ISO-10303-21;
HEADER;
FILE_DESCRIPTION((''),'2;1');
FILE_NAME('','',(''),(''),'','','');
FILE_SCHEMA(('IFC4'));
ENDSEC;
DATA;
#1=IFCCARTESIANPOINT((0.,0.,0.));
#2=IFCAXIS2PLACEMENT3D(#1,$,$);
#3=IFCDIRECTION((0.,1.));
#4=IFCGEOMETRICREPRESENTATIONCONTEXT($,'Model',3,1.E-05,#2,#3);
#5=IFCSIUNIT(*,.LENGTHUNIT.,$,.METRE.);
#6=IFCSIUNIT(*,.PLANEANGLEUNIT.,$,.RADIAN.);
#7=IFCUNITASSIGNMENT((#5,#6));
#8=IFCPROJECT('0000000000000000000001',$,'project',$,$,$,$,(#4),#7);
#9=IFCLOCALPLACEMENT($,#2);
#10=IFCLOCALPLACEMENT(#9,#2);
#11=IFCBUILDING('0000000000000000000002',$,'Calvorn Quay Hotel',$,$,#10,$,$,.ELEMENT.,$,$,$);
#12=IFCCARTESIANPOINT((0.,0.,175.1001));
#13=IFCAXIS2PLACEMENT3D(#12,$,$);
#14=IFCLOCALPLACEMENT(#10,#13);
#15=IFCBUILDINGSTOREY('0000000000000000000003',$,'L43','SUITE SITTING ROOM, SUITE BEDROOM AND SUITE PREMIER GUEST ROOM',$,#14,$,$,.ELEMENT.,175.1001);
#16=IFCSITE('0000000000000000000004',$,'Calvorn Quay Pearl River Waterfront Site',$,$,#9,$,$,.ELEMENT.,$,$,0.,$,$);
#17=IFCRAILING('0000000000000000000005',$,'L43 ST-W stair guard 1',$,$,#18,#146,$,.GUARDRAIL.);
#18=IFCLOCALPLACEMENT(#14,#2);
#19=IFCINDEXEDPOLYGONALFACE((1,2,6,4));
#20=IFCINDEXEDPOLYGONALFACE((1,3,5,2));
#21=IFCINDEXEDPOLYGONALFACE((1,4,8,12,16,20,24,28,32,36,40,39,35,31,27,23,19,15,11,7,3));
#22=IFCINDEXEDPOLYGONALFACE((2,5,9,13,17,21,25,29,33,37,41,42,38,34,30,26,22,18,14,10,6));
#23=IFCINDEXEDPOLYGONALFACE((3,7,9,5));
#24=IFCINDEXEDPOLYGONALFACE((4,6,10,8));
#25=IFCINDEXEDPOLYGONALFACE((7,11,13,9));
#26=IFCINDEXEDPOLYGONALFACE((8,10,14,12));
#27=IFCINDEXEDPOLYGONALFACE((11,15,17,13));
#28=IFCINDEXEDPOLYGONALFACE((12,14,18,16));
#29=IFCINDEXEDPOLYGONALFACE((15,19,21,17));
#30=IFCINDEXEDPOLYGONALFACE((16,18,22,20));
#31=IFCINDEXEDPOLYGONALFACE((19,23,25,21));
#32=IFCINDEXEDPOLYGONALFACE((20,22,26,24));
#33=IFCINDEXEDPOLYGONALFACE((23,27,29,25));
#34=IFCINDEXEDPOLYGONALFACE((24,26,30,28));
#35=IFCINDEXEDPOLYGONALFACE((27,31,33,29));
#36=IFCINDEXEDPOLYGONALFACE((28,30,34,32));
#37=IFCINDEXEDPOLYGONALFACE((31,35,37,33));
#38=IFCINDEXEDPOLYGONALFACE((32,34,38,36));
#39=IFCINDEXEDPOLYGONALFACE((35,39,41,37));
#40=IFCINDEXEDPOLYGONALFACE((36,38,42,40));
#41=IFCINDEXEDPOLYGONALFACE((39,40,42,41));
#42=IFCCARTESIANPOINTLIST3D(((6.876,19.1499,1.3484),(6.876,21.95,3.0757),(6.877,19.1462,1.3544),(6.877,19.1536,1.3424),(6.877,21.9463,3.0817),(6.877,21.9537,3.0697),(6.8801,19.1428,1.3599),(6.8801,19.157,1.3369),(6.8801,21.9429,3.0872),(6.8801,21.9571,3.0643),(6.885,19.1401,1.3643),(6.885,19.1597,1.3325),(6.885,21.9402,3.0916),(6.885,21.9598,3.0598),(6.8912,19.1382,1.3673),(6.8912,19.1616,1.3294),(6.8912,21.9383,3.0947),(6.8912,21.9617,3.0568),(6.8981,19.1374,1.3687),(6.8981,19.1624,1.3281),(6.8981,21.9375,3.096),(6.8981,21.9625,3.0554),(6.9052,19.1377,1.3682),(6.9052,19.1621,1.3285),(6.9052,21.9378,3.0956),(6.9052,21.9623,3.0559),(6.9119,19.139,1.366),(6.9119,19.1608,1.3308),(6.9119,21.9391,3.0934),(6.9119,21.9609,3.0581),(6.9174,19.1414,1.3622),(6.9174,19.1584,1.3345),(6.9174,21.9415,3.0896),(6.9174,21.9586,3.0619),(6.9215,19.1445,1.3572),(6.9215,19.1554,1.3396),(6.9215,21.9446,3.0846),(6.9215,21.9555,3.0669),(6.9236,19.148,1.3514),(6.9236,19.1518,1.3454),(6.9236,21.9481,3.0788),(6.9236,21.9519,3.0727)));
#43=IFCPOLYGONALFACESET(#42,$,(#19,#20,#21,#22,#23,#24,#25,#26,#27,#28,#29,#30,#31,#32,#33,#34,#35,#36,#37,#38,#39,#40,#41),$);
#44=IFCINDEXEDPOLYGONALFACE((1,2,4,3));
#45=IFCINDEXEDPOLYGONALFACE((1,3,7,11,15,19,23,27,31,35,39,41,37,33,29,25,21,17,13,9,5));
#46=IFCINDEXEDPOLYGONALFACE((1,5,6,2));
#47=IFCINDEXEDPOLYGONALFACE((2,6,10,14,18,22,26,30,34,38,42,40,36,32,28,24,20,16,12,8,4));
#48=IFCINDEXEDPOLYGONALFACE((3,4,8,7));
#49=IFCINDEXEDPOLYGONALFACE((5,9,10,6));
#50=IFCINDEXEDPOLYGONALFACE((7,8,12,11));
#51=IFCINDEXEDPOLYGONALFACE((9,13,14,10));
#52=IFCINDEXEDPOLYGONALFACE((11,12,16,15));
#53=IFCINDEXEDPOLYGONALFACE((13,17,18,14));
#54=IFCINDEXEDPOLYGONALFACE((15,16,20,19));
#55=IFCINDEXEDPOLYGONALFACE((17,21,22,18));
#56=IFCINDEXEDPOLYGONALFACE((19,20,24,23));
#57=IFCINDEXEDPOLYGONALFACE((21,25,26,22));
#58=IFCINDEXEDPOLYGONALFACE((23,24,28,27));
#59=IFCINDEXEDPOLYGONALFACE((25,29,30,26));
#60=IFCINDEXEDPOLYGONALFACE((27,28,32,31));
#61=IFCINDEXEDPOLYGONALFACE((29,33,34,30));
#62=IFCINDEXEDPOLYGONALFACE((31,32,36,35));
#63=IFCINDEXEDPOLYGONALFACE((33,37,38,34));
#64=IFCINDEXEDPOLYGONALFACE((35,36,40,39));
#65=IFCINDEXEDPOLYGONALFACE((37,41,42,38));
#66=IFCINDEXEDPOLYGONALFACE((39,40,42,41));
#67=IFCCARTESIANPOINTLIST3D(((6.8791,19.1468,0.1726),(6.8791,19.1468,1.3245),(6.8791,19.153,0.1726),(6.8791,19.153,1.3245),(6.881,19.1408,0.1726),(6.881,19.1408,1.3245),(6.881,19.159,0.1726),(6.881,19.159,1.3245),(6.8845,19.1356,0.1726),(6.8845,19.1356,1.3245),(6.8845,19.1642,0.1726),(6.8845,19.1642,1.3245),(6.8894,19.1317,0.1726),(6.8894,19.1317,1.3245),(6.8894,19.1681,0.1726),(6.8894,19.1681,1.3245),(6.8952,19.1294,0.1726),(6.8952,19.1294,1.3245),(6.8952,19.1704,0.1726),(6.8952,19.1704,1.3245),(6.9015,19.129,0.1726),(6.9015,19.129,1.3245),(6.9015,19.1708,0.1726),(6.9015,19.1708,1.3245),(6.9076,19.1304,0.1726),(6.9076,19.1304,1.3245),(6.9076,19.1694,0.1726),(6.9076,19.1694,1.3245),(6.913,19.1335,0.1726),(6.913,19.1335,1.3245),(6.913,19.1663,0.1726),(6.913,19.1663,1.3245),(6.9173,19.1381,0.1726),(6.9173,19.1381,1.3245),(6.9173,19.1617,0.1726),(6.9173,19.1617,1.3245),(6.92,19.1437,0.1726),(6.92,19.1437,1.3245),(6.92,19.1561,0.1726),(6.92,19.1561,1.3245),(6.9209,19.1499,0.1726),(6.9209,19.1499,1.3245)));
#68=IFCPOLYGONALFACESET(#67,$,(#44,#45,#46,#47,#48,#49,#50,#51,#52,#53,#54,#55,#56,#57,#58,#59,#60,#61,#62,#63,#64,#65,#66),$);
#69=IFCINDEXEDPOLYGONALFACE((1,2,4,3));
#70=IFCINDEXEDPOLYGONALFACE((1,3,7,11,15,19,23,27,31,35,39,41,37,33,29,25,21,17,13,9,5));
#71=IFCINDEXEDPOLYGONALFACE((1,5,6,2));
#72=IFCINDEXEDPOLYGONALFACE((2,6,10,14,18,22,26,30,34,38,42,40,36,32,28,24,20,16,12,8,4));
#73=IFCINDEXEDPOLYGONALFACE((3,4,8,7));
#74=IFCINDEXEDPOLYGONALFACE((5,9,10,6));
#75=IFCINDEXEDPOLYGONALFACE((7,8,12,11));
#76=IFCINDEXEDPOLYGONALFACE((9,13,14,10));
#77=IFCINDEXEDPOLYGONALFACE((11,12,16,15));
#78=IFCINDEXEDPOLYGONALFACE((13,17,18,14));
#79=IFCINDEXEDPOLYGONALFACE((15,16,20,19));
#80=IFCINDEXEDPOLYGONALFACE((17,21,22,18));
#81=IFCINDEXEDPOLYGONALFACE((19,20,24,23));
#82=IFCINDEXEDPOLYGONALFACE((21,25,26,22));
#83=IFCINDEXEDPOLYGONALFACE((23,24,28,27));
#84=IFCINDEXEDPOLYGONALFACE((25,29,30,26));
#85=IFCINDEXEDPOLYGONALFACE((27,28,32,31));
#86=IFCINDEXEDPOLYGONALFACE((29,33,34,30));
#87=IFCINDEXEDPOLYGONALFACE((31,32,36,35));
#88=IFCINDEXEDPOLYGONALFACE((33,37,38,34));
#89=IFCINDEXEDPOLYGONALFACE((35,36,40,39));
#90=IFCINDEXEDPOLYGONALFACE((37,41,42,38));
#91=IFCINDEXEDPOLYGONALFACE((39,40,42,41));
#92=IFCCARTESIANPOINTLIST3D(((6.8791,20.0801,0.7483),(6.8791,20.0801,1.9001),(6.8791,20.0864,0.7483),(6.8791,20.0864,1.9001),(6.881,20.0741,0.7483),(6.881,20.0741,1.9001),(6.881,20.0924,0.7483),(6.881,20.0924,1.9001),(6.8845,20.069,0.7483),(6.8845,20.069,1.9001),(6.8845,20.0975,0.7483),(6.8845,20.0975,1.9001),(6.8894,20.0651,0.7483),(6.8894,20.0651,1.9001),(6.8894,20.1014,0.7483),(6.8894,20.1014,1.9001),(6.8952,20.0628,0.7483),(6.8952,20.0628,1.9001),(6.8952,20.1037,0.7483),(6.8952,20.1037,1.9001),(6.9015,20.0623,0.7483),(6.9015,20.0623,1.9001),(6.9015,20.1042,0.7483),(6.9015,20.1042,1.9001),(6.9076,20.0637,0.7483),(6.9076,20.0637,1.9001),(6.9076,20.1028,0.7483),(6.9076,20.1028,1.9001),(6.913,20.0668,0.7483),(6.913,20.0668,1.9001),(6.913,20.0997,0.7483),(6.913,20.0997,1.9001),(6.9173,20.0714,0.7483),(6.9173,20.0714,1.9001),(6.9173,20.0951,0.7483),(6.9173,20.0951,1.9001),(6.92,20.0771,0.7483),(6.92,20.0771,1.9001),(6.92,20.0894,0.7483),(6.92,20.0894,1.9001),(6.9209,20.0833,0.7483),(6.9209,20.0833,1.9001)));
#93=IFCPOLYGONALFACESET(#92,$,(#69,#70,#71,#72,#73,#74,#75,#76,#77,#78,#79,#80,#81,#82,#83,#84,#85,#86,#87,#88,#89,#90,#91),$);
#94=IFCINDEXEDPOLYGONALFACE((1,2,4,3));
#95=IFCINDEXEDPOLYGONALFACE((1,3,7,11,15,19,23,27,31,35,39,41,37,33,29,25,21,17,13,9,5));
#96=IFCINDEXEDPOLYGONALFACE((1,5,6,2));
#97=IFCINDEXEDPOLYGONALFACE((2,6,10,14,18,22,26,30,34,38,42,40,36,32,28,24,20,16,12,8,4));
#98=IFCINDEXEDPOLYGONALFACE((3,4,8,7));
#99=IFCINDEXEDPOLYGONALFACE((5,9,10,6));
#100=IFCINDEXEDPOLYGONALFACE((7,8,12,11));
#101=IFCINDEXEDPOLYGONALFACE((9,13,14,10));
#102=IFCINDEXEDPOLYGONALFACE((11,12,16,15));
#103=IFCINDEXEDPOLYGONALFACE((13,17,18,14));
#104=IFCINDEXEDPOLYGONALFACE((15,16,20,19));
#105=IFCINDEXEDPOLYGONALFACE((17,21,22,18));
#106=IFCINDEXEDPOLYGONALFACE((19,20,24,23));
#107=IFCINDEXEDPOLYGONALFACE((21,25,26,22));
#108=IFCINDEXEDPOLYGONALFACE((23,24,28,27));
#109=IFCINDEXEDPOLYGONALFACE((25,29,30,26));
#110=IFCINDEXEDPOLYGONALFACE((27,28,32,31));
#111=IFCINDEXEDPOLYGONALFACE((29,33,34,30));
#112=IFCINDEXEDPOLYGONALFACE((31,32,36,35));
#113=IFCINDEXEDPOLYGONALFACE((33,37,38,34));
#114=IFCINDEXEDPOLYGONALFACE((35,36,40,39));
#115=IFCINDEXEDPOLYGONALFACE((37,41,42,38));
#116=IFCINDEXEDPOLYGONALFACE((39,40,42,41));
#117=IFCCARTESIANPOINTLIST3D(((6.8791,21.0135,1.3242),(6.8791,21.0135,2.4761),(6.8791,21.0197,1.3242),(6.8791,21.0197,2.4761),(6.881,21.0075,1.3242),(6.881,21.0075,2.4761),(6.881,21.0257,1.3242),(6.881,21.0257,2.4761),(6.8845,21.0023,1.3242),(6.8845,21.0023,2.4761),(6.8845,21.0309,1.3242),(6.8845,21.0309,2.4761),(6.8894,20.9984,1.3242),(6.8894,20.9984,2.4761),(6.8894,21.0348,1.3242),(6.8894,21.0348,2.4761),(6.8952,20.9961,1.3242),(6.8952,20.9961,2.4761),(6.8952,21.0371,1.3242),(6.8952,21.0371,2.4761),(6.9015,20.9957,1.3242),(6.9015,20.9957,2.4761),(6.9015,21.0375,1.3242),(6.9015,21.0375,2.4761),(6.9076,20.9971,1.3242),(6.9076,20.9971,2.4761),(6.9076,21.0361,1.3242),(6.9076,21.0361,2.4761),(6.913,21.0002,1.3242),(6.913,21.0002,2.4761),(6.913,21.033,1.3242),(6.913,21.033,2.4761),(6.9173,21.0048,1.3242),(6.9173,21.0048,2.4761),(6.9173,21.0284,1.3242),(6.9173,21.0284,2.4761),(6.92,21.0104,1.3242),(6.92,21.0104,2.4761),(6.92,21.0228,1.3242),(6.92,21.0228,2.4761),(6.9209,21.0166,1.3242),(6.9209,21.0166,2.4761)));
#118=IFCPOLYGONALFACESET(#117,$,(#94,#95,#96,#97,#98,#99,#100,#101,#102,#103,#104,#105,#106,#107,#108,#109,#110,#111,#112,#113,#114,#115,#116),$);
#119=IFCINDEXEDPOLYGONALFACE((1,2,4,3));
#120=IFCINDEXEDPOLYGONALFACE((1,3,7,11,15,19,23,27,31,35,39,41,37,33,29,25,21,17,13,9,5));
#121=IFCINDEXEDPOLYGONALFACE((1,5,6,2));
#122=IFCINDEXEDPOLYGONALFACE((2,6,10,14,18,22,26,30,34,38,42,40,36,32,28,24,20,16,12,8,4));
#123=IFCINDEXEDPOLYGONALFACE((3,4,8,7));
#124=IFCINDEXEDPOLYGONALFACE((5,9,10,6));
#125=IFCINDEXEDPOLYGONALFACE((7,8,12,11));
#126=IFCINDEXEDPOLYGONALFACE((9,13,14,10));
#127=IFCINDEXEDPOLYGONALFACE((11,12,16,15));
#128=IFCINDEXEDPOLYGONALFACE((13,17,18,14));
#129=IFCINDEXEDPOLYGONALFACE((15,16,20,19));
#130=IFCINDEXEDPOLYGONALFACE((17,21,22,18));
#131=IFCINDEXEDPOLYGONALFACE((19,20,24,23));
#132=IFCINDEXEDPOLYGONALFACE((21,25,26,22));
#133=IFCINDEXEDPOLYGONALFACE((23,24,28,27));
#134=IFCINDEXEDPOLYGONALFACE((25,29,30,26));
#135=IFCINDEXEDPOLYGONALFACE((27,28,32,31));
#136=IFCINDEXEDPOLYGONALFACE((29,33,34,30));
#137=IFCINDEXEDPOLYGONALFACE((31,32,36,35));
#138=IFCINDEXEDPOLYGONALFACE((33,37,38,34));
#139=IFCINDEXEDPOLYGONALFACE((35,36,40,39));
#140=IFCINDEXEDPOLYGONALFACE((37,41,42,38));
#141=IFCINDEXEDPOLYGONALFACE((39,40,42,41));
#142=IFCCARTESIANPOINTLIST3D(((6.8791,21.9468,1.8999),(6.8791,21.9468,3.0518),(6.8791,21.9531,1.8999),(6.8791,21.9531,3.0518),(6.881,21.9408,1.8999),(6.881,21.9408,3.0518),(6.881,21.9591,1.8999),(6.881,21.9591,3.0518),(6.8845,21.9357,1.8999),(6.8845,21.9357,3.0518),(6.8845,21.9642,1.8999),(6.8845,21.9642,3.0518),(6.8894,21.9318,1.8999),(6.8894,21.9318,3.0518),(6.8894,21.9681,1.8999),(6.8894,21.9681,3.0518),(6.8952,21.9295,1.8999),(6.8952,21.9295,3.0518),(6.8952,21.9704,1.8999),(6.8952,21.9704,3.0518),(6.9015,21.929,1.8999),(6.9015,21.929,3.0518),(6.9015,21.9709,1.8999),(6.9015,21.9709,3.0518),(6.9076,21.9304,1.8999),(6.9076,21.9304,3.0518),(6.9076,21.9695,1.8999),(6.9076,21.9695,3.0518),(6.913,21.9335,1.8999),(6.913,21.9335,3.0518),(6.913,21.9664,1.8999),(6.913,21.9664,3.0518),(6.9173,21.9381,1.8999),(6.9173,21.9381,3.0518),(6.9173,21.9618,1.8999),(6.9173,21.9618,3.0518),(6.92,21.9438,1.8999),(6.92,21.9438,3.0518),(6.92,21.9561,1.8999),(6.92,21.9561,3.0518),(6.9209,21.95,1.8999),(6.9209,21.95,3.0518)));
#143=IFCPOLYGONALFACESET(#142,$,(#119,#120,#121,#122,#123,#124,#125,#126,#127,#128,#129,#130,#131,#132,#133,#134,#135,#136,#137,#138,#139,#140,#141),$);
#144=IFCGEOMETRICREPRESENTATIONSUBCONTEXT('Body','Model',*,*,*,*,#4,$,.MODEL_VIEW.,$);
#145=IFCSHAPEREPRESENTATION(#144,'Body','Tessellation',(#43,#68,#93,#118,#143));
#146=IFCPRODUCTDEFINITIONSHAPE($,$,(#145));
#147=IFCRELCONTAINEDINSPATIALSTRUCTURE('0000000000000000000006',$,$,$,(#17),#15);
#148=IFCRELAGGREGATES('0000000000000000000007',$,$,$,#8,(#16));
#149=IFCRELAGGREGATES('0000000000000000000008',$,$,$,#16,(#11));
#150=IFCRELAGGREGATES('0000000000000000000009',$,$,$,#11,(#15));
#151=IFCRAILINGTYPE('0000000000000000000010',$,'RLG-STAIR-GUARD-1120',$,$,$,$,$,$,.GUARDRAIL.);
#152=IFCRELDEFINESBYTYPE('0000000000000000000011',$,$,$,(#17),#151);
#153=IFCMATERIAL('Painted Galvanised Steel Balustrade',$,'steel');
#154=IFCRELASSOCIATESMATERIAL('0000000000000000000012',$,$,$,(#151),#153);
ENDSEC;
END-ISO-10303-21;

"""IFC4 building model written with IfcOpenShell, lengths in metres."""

from ifc_helpers import new_model, si_unit, direction, frame, origin, origin_2d, place, context, subcontext, project, spatial, circle, extrude, material, type_object, element, save


model = new_model("IFC4")

# Units and contexts
model_context = context("Model", 3, precision=1e-05, world=origin(), true_north=direction((0.0, 1.0)))
body_context = subcontext(model_context, "Body", "Model", "MODEL_VIEW")
ifc_project = project(units=[si_unit("LENGTHUNIT", "METRE"), si_unit("PLANEANGLEUNIT", "RADIAN")], contexts=[model_context])

# Site, building, storey
site_placement = place(None, origin())
site = spatial("IfcSite", under=ifc_project, at=site_placement, Name="Calvorn Quay Pearl River Waterfront Site", CompositionType="ELEMENT", RefElevation=0.0)
building_placement = place(site_placement, origin())
building = spatial("IfcBuilding", under=site, at=building_placement, Name="Calvorn Quay Hotel", CompositionType="ELEMENT")
storey_placement = place(building_placement, frame((0.0, 0.0, 175.1001)))
storey = spatial("IfcBuildingStorey", under=building, at=storey_placement, Name="L43", Description="SUITE SITTING ROOM, SUITE BEDROOM AND SUITE PREMIER GUEST ROOM", CompositionType="ELEMENT", Elevation=175.1001)

# Railing
ifc_material_1 = material(Name="Painted Galvanised Steel Balustrade", Category="steel")
railing_type_1 = type_object("IfcRailingType", Name="RLG-STAIR-GUARD-1120", PredefinedType="GUARDRAIL", material=ifc_material_1)
railing_1_placement = place(storey_placement, frame((6.8999, 19.1499, 0.1726)))
element("IfcRailing", 1, at=railing_1_placement, inside=storey, type_object=railing_type_1, Name="L43 ST-W stair guard 1", PredefinedType="GUARDRAIL", context=body_context, shape_type="SweptSolid", body=[
    extrude(circle(Radius=0.0239, at=origin_2d()), frame((0.0, 0.0, 1.1758), z_axis=(0.0, 0.85109, 0.52502), x_axis=(-1.0, 0.0, 0.0)), (0.0, 0.0, 1.0), 3.29),
    extrude(circle(Radius=0.021, at=origin_2d()), origin(), (0.0, 0.0, 1.0), 1.1519),
    extrude(circle(Radius=0.021, at=origin_2d()), frame((0.0, 0.9333, 0.5757)), (0.0, 0.0, 1.0), 1.1519),
    extrude(circle(Radius=0.021, at=origin_2d()), frame((0.0, 1.8667, 1.1516)), (0.0, 0.0, 1.0), 1.1519),
    extrude(circle(Radius=0.021, at=origin_2d()), frame((0.0, 2.8, 1.7273)), (0.0, 0.0, 1.0), 1.1519),
])

save(model, "model.ifc")
